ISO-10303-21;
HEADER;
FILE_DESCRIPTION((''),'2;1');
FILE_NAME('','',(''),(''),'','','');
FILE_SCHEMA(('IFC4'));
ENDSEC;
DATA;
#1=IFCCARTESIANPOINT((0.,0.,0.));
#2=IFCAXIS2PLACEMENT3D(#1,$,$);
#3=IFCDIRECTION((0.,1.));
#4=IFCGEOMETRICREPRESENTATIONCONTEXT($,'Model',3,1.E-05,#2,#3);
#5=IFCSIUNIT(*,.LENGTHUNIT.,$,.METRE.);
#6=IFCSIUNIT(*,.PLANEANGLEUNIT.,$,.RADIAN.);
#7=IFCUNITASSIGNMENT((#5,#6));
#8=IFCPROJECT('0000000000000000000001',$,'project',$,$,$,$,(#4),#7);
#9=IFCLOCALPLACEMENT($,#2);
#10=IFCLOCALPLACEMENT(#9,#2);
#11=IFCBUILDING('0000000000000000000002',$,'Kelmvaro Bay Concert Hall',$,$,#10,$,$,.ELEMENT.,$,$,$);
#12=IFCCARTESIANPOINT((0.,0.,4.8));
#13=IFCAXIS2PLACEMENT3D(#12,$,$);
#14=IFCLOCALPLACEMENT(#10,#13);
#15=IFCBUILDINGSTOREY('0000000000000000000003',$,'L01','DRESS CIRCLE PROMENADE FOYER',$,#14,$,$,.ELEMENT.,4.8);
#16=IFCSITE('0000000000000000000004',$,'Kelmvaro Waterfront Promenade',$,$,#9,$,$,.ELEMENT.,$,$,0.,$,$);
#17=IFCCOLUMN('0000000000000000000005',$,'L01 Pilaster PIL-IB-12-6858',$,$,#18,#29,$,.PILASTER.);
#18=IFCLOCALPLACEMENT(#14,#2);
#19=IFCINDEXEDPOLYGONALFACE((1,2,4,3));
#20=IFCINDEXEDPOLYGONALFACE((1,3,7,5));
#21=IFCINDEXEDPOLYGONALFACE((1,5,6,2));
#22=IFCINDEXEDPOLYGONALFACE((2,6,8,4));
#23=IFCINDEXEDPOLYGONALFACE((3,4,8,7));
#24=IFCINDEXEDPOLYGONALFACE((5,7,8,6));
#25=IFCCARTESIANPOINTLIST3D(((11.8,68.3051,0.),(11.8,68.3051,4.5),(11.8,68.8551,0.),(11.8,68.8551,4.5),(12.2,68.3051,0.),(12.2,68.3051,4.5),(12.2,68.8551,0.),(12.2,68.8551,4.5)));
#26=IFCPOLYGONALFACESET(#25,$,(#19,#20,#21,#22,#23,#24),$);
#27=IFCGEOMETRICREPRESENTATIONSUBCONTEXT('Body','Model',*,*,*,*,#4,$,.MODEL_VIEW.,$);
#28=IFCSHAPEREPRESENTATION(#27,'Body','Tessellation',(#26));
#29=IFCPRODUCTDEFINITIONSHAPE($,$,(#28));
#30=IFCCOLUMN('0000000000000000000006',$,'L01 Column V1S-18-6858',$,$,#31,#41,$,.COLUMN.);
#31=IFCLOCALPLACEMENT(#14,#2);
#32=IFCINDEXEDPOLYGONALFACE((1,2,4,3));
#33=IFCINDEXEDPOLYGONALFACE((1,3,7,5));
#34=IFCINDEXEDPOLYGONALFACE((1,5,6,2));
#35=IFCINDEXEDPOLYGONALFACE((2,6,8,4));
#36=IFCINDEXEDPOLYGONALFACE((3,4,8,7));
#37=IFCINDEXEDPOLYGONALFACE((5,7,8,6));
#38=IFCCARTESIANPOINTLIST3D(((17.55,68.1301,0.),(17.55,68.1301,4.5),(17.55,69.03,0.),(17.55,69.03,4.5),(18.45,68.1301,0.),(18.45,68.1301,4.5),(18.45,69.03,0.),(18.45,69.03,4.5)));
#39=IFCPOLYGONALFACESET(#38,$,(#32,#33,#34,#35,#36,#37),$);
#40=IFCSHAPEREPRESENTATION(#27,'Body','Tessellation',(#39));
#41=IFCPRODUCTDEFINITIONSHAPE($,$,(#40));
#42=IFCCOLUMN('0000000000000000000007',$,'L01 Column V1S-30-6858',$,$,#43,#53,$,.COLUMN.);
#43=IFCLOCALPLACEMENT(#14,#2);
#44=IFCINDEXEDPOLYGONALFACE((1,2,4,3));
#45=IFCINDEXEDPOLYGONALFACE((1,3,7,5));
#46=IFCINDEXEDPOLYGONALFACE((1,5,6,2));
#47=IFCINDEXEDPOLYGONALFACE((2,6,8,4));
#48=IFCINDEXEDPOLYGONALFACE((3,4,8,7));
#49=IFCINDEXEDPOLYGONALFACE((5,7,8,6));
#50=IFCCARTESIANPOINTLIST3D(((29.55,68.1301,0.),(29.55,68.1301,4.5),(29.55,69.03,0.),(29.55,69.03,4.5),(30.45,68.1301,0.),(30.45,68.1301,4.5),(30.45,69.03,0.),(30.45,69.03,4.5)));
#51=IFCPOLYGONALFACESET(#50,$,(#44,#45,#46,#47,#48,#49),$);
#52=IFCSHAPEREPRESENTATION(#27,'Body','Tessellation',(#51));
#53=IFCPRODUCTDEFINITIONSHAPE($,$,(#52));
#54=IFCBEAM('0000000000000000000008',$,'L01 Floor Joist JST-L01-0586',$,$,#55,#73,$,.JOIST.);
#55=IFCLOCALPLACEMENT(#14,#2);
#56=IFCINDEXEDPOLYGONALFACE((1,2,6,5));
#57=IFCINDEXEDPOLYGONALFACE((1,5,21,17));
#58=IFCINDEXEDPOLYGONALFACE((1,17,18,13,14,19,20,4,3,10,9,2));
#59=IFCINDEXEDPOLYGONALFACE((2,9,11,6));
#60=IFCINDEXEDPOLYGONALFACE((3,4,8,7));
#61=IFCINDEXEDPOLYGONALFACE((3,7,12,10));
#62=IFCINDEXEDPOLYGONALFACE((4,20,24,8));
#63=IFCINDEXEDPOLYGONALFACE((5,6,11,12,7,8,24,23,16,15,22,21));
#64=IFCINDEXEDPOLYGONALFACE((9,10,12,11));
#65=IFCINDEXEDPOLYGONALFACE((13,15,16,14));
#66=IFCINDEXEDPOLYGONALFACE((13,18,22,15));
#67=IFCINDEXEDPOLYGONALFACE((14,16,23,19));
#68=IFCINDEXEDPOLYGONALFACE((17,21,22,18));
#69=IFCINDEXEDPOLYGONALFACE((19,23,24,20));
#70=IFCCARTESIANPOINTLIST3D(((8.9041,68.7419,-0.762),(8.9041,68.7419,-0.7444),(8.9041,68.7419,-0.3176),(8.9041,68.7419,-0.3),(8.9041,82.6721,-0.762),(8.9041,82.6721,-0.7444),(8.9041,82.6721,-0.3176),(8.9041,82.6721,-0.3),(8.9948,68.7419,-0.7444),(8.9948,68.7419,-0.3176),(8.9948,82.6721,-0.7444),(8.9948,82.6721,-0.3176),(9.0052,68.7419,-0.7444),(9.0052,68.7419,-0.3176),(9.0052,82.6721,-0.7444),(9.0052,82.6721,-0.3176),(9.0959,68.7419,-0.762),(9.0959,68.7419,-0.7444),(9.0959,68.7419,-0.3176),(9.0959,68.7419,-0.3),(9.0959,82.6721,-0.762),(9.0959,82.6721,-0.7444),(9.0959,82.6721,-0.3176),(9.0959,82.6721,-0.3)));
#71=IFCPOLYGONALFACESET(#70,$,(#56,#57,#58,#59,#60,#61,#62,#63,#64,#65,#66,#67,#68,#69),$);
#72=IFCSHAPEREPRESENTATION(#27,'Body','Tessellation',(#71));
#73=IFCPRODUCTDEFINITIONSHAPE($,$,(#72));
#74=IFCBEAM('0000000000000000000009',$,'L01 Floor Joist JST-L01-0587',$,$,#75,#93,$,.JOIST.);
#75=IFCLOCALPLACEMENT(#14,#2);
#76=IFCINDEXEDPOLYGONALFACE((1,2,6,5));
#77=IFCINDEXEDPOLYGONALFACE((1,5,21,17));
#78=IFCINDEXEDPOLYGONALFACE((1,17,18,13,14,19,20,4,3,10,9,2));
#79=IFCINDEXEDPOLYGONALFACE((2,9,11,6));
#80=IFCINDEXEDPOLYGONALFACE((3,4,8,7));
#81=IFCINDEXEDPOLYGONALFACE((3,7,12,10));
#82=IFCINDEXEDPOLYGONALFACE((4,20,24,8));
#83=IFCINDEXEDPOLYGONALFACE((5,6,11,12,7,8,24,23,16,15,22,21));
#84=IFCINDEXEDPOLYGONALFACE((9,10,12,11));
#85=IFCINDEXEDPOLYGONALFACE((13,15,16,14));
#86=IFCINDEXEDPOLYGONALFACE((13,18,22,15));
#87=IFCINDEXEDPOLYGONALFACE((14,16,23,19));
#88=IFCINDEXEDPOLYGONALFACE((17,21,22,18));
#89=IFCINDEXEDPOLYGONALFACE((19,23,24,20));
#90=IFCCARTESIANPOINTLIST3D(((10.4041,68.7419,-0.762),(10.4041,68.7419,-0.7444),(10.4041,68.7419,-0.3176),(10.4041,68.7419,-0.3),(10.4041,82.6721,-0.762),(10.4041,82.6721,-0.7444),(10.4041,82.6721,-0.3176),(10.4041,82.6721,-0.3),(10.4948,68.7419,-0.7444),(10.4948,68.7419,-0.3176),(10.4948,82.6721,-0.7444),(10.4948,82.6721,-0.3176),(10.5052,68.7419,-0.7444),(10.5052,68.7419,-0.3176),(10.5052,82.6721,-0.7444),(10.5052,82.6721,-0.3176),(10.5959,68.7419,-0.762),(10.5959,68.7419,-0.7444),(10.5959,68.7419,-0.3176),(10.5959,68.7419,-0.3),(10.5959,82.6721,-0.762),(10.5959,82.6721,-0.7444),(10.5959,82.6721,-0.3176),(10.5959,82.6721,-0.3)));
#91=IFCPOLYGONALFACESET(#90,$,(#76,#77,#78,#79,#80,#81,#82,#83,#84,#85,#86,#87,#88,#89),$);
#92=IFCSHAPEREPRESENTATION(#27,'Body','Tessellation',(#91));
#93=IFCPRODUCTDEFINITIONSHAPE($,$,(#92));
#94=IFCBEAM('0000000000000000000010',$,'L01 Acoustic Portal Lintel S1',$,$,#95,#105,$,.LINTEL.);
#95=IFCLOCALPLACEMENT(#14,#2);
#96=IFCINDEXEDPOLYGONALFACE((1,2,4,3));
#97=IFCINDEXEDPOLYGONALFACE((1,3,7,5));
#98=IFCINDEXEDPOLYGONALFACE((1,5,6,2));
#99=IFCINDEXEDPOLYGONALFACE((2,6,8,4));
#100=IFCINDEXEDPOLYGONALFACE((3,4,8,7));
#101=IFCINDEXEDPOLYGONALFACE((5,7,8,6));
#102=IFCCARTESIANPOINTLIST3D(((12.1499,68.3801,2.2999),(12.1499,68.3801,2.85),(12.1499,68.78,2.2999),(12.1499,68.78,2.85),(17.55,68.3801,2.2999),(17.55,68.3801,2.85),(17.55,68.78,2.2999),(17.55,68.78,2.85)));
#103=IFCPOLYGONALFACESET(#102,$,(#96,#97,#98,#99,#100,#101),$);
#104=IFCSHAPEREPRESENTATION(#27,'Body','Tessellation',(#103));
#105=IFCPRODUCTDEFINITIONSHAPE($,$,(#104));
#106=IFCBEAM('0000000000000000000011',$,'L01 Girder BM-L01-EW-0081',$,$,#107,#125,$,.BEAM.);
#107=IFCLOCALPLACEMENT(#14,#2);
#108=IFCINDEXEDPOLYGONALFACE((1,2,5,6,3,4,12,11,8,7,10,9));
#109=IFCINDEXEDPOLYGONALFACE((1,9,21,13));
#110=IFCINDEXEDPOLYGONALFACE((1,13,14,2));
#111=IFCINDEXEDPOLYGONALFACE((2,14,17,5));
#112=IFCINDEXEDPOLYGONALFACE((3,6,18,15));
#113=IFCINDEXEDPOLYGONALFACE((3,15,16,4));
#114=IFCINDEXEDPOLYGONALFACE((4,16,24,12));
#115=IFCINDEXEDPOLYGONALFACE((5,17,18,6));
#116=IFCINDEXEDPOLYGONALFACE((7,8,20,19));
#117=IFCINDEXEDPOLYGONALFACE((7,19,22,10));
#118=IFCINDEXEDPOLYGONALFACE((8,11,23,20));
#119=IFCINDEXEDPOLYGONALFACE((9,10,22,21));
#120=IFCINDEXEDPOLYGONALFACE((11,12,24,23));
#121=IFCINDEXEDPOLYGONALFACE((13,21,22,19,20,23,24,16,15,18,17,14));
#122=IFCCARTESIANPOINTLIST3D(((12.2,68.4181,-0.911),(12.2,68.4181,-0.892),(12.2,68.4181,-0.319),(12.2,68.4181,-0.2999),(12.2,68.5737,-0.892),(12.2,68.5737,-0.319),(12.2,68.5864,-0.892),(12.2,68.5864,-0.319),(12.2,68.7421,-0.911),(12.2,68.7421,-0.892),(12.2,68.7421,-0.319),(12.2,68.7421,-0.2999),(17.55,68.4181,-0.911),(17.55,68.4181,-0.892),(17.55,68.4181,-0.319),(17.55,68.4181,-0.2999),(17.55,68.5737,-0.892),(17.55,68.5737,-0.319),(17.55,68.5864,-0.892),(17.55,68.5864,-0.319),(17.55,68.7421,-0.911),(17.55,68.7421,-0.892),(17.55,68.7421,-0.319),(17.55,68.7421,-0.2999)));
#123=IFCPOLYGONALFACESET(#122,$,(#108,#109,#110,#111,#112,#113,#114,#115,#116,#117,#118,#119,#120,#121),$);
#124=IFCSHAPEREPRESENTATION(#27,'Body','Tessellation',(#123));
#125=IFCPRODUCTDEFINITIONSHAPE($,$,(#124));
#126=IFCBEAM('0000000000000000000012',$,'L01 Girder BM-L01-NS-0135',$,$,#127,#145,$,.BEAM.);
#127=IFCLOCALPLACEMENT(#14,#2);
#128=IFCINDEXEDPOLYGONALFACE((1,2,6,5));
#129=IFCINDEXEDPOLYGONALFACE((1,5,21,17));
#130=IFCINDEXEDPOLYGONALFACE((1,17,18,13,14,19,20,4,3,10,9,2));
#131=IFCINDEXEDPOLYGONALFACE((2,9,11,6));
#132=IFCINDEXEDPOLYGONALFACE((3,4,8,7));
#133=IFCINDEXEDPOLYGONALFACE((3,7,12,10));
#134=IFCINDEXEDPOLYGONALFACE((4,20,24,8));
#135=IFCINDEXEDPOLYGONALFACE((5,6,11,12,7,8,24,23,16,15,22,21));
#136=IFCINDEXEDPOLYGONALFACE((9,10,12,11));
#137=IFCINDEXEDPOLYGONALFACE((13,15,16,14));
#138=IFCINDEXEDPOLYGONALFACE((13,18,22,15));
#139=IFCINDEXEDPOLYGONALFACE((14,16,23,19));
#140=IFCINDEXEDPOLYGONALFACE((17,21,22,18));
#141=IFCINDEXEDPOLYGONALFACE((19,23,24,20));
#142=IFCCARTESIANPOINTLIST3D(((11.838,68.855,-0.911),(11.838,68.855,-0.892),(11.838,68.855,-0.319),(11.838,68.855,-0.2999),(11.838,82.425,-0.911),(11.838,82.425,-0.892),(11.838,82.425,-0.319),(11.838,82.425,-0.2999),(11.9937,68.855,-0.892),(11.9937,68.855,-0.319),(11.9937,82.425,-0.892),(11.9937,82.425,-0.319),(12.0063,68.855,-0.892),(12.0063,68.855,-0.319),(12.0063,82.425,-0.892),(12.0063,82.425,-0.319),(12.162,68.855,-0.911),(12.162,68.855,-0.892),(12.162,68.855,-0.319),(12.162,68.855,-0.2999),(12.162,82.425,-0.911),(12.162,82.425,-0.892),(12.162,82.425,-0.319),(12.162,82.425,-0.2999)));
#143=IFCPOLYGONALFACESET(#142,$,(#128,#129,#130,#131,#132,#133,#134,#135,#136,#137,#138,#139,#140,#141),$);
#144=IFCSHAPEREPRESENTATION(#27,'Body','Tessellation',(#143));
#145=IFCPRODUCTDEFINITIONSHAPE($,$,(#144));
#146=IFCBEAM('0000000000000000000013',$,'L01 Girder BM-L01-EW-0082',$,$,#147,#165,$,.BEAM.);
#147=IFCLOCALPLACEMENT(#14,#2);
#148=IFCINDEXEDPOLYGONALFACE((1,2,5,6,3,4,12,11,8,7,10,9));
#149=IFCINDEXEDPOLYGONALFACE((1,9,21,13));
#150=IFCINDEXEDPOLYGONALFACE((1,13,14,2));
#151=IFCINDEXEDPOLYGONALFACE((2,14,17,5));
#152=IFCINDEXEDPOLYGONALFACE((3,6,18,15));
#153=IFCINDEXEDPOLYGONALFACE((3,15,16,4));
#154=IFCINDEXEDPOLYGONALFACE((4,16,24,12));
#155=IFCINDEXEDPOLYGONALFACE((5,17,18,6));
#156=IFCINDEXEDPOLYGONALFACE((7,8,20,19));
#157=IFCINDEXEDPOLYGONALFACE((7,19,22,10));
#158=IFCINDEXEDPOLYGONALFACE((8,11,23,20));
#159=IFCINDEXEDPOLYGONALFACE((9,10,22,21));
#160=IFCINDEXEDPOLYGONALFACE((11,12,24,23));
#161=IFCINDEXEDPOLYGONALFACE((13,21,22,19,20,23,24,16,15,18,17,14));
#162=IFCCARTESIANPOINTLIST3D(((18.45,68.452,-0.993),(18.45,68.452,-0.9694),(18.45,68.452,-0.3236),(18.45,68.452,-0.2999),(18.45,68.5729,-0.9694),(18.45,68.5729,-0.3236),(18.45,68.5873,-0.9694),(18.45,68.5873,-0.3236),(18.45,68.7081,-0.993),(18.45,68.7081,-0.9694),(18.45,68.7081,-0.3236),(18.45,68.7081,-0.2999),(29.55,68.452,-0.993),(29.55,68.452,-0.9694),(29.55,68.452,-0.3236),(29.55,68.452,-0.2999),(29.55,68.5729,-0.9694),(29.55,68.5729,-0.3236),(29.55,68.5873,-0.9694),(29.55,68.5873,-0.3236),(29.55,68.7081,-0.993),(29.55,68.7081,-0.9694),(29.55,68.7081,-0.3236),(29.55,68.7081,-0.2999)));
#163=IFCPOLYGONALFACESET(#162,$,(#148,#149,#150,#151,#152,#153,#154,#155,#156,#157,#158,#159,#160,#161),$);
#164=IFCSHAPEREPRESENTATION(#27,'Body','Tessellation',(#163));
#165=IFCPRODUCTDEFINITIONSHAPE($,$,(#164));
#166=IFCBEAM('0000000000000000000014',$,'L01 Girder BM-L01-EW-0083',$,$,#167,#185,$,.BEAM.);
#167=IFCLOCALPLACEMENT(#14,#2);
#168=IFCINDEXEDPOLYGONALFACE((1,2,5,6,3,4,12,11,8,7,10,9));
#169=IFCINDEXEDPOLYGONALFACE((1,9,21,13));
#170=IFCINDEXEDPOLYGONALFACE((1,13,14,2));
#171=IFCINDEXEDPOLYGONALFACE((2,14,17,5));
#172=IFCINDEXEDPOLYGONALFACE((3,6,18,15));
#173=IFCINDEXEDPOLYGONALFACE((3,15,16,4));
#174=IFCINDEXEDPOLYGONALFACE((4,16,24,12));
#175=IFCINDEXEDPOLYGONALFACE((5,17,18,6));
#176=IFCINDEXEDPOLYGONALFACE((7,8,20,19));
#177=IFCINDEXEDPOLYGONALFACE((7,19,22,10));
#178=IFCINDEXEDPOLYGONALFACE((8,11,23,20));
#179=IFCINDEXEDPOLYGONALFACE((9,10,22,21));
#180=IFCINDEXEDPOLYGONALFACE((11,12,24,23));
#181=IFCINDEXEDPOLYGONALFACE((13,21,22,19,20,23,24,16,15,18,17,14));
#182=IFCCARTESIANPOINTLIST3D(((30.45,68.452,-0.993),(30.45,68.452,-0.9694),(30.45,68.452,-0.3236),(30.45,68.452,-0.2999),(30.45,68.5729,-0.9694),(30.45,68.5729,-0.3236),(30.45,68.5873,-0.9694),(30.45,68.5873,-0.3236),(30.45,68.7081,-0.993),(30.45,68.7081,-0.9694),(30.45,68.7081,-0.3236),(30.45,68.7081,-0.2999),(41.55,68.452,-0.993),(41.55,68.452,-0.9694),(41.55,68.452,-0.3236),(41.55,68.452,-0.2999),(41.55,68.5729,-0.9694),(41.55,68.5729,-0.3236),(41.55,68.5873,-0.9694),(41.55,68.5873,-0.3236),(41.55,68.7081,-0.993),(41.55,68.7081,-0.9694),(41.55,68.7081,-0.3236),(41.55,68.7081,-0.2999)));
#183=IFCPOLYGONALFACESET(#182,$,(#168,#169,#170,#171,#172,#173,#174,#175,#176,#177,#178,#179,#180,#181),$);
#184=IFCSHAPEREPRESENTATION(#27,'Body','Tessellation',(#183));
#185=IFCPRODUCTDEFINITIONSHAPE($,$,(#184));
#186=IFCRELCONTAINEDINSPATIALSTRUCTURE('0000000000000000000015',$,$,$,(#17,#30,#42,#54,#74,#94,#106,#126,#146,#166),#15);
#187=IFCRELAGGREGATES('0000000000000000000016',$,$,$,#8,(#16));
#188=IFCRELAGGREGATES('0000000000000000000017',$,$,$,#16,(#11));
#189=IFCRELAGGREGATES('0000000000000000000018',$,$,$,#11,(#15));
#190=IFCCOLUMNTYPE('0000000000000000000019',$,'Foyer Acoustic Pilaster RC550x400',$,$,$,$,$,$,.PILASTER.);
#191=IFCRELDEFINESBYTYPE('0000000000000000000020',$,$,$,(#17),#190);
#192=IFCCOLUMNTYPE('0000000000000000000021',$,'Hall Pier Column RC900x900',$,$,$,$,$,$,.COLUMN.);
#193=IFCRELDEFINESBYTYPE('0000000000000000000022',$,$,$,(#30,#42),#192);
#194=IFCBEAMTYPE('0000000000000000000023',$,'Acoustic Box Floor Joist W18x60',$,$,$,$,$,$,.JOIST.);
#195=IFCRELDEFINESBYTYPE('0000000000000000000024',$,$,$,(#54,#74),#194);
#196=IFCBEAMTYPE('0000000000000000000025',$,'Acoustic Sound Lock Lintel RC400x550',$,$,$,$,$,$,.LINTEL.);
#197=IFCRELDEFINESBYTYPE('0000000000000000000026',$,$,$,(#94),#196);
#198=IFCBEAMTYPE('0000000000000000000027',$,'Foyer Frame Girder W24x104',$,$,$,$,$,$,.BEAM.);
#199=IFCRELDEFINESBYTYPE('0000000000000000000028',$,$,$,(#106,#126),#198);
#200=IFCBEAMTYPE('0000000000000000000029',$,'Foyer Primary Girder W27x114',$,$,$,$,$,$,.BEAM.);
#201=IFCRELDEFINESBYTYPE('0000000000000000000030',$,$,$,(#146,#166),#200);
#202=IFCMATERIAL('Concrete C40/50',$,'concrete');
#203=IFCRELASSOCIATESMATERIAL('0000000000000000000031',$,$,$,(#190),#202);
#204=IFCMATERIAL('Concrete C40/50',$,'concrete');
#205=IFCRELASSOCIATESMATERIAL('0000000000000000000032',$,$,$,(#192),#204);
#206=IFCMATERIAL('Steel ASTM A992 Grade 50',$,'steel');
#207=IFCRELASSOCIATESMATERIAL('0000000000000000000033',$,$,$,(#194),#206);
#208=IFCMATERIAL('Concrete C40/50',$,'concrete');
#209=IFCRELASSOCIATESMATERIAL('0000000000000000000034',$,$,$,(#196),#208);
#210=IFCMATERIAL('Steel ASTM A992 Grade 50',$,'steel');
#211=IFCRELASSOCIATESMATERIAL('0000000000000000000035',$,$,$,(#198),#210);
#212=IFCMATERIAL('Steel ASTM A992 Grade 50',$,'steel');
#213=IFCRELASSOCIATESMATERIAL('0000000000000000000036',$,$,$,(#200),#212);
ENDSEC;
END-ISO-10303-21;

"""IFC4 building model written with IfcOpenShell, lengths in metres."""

from ifc_helpers import new_model, si_unit, direction, frame, origin, origin_2d, place, context, subcontext, project, spatial, rectangle, i_section, extrude, material, material_profile, profile_set, type_object, element, save


model = new_model("IFC4")

# Units and contexts
model_context = context("Model", 3, precision=1e-05, world=origin(), true_north=direction((0.0, 1.0)))
body_context = subcontext(model_context, "Body", "Model", "MODEL_VIEW")
ifc_project = project(units=[si_unit("LENGTHUNIT", "METRE"), si_unit("PLANEANGLEUNIT", "RADIAN")], contexts=[model_context])

# Site, building, storey
site_placement = place(None, origin())
site = spatial("IfcSite", under=ifc_project, at=site_placement, Name="Kelmvaro Waterfront Promenade", CompositionType="ELEMENT", RefElevation=0.0)
building_placement = place(site_placement, origin())
building = spatial("IfcBuilding", under=site, at=building_placement, Name="Kelmvaro Bay Concert Hall", CompositionType="ELEMENT")
storey_placement = place(building_placement, frame((0.0, 0.0, 4.8)))
storey = spatial("IfcBuildingStorey", under=building, at=storey_placement, Name="L01", Description="DRESS CIRCLE PROMENADE FOYER", CompositionType="ELEMENT", Elevation=4.8)

# Columns
ifc_material_1 = material(Name="Concrete C40/50", Category="concrete")
ifc_material_profile_1 = material_profile(ifc_material_1, rectangle(XDim=0.3999, YDim=0.55, at=origin_2d()), Name="RC-PIL-550X400")
ifc_profile_set_1 = profile_set([ifc_material_profile_1], Name="Concrete C40/50")
column_type_1 = type_object("IfcColumnType", Name="Foyer Acoustic Pilaster RC550x400", PredefinedType="PILASTER", material=ifc_profile_set_1)
column_placement = place(storey_placement, frame((12.0, 68.5801, 0.0), z_axis=(0.0, 0.0, 1.0), x_axis=(1.0, 0.0, 0.0)))
element("IfcColumn", 1, at=column_placement, inside=storey, type_object=column_type_1, Name="L01 Pilaster PIL-IB-12-6858", PredefinedType="PILASTER", context=body_context, shape_type="SweptSolid", body=[
    extrude(rectangle(XDim=0.3999, YDim=0.55, at=origin_2d()), origin(), (0.0, 0.0, 1.0), 4.5),
])
ifc_material_2 = material(Name="Concrete C40/50", Category="concrete")
ifc_material_profile_2 = material_profile(ifc_material_2, rectangle(XDim=0.8999, YDim=0.8999, at=origin_2d()), Name="RC-COL-900X900")
ifc_profile_set_2 = profile_set([ifc_material_profile_2], Name="Concrete C40/50")
column_type_2 = type_object("IfcColumnType", Name="Hall Pier Column RC900x900", PredefinedType="COLUMN", material=ifc_profile_set_2)
for number, where, z_axis, x_axis, name in (
    (2, (18.0, 68.5801, 0.0), (0.0, 0.0, 1.0), (1.0, 0.0, 0.0), "L01 Column V1S-18-6858"),
    (3, (30.0, 68.5801, 0.0), (0.0, 0.0, 1.0), (1.0, 0.0, 0.0), "L01 Column V1S-30-6858"),
):
    element("IfcColumn", number, at=place(storey_placement, frame(where, z_axis=z_axis, x_axis=x_axis)), inside=storey, type_object=column_type_2, Name=name, PredefinedType="COLUMN", context=body_context, shape_type="SweptSolid", body=[
        extrude(rectangle(XDim=0.8999, YDim=0.8999, at=origin_2d()), origin(), (0.0, 0.0, 1.0), 4.5),
    ])

# Beams
ifc_material_3 = material(Name="Steel ASTM A992 Grade 50", Category="steel")
ifc_material_profile_3 = material_profile(ifc_material_3, i_section(OverallWidth=0.1919, OverallDepth=0.4619, WebThickness=0.0105, FlangeThickness=0.0176, at=origin_2d()), Name="W18X60")
ifc_profile_set_3 = profile_set([ifc_material_profile_3], Name="Steel ASTM A992 Grade 50")
beam_type_1 = type_object("IfcBeamType", Name="Acoustic Box Floor Joist W18x60", PredefinedType="JOIST", material=ifc_profile_set_3)
for number, where, z_axis, x_axis, name in (
    (4, (9.0, 68.7419, -0.531), (0.0, 1.0, 0.0), (-1.0, 0.0, 0.0), "L01 Floor Joist JST-L01-0586"),
    (5, (10.5, 68.7419, -0.531), (0.0, 1.0, 0.0), (-1.0, 0.0, 0.0), "L01 Floor Joist JST-L01-0587"),
):
    element("IfcBeam", number, at=place(storey_placement, frame(where, z_axis=z_axis, x_axis=x_axis)), inside=storey, type_object=beam_type_1, Name=name, PredefinedType="JOIST", context=body_context, shape_type="SweptSolid", body=[
        extrude(i_section(OverallWidth=0.1919, OverallDepth=0.4619, WebThickness=0.0105, FlangeThickness=0.0176, at=origin_2d()), origin(), (0.0, 0.0, 1.0), 13.9302),
    ])
ifc_material_4 = material(Name="Concrete C40/50", Category="concrete")
ifc_material_profile_4 = material_profile(ifc_material_4, rectangle(XDim=0.3999, YDim=0.55, at=origin_2d()), Name="RC-LNT-400X550")
ifc_profile_set_4 = profile_set([ifc_material_profile_4], Name="Concrete C40/50")
beam_type_2 = type_object("IfcBeamType", Name="Acoustic Sound Lock Lintel RC400x550", PredefinedType="LINTEL", material=ifc_profile_set_4)
beam_1_placement = place(storey_placement, frame((12.1499, 68.5801, 2.575), z_axis=(1.0, 0.0, 0.0), x_axis=(0.0, 1.0, 0.0)))
element("IfcBeam", 6, at=beam_1_placement, inside=storey, type_object=beam_type_2, Name="L01 Acoustic Portal Lintel S1", PredefinedType="LINTEL", context=body_context, shape_type="SweptSolid", body=[
    extrude(rectangle(XDim=0.3999, YDim=0.55, at=origin_2d()), origin(), (0.0, 0.0, 1.0), 5.4001),
])
ifc_material_5 = material(Name="Steel ASTM A992 Grade 50", Category="steel")
ifc_material_profile_5 = material_profile(ifc_material_5, i_section(OverallWidth=0.324, OverallDepth=0.6111, WebThickness=0.0127, FlangeThickness=0.019, at=origin_2d()), Name="W24X104")
ifc_profile_set_5 = profile_set([ifc_material_profile_5], Name="Steel ASTM A992 Grade 50")
beam_type_3 = type_object("IfcBeamType", Name="Foyer Frame Girder W24x104", PredefinedType="BEAM", material=ifc_profile_set_5)
beam_2_placement = place(storey_placement, frame((12.2, 68.5801, -0.6055), z_axis=(1.0, 0.0, 0.0), x_axis=(0.0, 1.0, 0.0)))
element("IfcBeam", 7, at=beam_2_placement, inside=storey, type_object=beam_type_3, Name="L01 Girder BM-L01-EW-0081", PredefinedType="BEAM", context=body_context, shape_type="SweptSolid", body=[
    extrude(i_section(OverallWidth=0.324, OverallDepth=0.6111, WebThickness=0.0127, FlangeThickness=0.019, at=origin_2d()), origin(), (0.0, 0.0, 1.0), 5.3501),
])
beam_3_placement = place(storey_placement, frame((12.0, 68.855, -0.6055), z_axis=(0.0, 1.0, 0.0), x_axis=(-1.0, 0.0, 0.0)))
element("IfcBeam", 8, at=beam_3_placement, inside=storey, type_object=beam_type_3, Name="L01 Girder BM-L01-NS-0135", PredefinedType="BEAM", context=body_context, shape_type="SweptSolid", body=[
    extrude(i_section(OverallWidth=0.324, OverallDepth=0.6111, WebThickness=0.0127, FlangeThickness=0.019, at=origin_2d()), origin(), (0.0, 0.0, 1.0), 13.5701),
])
ifc_material_6 = material(Name="Steel ASTM A992 Grade 50", Category="steel")
ifc_material_profile_6 = material_profile(ifc_material_6, i_section(OverallWidth=0.2561, OverallDepth=0.6931, WebThickness=0.0144, FlangeThickness=0.0237, at=origin_2d()), Name="W27X114")
ifc_profile_set_6 = profile_set([ifc_material_profile_6], Name="Steel ASTM A992 Grade 50")
beam_type_4 = type_object("IfcBeamType", Name="Foyer Primary Girder W27x114", PredefinedType="BEAM", material=ifc_profile_set_6)
for number, where, z_axis, x_axis, name in (
    (9, (18.45, 68.5801, -0.6465), (1.0, 0.0, 0.0), (0.0, 1.0, 0.0), "L01 Girder BM-L01-EW-0082"),
    (10, (30.45, 68.5801, -0.6465), (1.0, 0.0, 0.0), (0.0, 1.0, 0.0), "L01 Girder BM-L01-EW-0083"),
):
    element("IfcBeam", number, at=place(storey_placement, frame(where, z_axis=z_axis, x_axis=x_axis)), inside=storey, type_object=beam_type_4, Name=name, PredefinedType="BEAM", context=body_context, shape_type="SweptSolid", body=[
        extrude(i_section(OverallWidth=0.2561, OverallDepth=0.6931, WebThickness=0.0144, FlangeThickness=0.0237, at=origin_2d()), origin(), (0.0, 0.0, 1.0), 11.1001),
    ])

save(model, "model.ifc")
